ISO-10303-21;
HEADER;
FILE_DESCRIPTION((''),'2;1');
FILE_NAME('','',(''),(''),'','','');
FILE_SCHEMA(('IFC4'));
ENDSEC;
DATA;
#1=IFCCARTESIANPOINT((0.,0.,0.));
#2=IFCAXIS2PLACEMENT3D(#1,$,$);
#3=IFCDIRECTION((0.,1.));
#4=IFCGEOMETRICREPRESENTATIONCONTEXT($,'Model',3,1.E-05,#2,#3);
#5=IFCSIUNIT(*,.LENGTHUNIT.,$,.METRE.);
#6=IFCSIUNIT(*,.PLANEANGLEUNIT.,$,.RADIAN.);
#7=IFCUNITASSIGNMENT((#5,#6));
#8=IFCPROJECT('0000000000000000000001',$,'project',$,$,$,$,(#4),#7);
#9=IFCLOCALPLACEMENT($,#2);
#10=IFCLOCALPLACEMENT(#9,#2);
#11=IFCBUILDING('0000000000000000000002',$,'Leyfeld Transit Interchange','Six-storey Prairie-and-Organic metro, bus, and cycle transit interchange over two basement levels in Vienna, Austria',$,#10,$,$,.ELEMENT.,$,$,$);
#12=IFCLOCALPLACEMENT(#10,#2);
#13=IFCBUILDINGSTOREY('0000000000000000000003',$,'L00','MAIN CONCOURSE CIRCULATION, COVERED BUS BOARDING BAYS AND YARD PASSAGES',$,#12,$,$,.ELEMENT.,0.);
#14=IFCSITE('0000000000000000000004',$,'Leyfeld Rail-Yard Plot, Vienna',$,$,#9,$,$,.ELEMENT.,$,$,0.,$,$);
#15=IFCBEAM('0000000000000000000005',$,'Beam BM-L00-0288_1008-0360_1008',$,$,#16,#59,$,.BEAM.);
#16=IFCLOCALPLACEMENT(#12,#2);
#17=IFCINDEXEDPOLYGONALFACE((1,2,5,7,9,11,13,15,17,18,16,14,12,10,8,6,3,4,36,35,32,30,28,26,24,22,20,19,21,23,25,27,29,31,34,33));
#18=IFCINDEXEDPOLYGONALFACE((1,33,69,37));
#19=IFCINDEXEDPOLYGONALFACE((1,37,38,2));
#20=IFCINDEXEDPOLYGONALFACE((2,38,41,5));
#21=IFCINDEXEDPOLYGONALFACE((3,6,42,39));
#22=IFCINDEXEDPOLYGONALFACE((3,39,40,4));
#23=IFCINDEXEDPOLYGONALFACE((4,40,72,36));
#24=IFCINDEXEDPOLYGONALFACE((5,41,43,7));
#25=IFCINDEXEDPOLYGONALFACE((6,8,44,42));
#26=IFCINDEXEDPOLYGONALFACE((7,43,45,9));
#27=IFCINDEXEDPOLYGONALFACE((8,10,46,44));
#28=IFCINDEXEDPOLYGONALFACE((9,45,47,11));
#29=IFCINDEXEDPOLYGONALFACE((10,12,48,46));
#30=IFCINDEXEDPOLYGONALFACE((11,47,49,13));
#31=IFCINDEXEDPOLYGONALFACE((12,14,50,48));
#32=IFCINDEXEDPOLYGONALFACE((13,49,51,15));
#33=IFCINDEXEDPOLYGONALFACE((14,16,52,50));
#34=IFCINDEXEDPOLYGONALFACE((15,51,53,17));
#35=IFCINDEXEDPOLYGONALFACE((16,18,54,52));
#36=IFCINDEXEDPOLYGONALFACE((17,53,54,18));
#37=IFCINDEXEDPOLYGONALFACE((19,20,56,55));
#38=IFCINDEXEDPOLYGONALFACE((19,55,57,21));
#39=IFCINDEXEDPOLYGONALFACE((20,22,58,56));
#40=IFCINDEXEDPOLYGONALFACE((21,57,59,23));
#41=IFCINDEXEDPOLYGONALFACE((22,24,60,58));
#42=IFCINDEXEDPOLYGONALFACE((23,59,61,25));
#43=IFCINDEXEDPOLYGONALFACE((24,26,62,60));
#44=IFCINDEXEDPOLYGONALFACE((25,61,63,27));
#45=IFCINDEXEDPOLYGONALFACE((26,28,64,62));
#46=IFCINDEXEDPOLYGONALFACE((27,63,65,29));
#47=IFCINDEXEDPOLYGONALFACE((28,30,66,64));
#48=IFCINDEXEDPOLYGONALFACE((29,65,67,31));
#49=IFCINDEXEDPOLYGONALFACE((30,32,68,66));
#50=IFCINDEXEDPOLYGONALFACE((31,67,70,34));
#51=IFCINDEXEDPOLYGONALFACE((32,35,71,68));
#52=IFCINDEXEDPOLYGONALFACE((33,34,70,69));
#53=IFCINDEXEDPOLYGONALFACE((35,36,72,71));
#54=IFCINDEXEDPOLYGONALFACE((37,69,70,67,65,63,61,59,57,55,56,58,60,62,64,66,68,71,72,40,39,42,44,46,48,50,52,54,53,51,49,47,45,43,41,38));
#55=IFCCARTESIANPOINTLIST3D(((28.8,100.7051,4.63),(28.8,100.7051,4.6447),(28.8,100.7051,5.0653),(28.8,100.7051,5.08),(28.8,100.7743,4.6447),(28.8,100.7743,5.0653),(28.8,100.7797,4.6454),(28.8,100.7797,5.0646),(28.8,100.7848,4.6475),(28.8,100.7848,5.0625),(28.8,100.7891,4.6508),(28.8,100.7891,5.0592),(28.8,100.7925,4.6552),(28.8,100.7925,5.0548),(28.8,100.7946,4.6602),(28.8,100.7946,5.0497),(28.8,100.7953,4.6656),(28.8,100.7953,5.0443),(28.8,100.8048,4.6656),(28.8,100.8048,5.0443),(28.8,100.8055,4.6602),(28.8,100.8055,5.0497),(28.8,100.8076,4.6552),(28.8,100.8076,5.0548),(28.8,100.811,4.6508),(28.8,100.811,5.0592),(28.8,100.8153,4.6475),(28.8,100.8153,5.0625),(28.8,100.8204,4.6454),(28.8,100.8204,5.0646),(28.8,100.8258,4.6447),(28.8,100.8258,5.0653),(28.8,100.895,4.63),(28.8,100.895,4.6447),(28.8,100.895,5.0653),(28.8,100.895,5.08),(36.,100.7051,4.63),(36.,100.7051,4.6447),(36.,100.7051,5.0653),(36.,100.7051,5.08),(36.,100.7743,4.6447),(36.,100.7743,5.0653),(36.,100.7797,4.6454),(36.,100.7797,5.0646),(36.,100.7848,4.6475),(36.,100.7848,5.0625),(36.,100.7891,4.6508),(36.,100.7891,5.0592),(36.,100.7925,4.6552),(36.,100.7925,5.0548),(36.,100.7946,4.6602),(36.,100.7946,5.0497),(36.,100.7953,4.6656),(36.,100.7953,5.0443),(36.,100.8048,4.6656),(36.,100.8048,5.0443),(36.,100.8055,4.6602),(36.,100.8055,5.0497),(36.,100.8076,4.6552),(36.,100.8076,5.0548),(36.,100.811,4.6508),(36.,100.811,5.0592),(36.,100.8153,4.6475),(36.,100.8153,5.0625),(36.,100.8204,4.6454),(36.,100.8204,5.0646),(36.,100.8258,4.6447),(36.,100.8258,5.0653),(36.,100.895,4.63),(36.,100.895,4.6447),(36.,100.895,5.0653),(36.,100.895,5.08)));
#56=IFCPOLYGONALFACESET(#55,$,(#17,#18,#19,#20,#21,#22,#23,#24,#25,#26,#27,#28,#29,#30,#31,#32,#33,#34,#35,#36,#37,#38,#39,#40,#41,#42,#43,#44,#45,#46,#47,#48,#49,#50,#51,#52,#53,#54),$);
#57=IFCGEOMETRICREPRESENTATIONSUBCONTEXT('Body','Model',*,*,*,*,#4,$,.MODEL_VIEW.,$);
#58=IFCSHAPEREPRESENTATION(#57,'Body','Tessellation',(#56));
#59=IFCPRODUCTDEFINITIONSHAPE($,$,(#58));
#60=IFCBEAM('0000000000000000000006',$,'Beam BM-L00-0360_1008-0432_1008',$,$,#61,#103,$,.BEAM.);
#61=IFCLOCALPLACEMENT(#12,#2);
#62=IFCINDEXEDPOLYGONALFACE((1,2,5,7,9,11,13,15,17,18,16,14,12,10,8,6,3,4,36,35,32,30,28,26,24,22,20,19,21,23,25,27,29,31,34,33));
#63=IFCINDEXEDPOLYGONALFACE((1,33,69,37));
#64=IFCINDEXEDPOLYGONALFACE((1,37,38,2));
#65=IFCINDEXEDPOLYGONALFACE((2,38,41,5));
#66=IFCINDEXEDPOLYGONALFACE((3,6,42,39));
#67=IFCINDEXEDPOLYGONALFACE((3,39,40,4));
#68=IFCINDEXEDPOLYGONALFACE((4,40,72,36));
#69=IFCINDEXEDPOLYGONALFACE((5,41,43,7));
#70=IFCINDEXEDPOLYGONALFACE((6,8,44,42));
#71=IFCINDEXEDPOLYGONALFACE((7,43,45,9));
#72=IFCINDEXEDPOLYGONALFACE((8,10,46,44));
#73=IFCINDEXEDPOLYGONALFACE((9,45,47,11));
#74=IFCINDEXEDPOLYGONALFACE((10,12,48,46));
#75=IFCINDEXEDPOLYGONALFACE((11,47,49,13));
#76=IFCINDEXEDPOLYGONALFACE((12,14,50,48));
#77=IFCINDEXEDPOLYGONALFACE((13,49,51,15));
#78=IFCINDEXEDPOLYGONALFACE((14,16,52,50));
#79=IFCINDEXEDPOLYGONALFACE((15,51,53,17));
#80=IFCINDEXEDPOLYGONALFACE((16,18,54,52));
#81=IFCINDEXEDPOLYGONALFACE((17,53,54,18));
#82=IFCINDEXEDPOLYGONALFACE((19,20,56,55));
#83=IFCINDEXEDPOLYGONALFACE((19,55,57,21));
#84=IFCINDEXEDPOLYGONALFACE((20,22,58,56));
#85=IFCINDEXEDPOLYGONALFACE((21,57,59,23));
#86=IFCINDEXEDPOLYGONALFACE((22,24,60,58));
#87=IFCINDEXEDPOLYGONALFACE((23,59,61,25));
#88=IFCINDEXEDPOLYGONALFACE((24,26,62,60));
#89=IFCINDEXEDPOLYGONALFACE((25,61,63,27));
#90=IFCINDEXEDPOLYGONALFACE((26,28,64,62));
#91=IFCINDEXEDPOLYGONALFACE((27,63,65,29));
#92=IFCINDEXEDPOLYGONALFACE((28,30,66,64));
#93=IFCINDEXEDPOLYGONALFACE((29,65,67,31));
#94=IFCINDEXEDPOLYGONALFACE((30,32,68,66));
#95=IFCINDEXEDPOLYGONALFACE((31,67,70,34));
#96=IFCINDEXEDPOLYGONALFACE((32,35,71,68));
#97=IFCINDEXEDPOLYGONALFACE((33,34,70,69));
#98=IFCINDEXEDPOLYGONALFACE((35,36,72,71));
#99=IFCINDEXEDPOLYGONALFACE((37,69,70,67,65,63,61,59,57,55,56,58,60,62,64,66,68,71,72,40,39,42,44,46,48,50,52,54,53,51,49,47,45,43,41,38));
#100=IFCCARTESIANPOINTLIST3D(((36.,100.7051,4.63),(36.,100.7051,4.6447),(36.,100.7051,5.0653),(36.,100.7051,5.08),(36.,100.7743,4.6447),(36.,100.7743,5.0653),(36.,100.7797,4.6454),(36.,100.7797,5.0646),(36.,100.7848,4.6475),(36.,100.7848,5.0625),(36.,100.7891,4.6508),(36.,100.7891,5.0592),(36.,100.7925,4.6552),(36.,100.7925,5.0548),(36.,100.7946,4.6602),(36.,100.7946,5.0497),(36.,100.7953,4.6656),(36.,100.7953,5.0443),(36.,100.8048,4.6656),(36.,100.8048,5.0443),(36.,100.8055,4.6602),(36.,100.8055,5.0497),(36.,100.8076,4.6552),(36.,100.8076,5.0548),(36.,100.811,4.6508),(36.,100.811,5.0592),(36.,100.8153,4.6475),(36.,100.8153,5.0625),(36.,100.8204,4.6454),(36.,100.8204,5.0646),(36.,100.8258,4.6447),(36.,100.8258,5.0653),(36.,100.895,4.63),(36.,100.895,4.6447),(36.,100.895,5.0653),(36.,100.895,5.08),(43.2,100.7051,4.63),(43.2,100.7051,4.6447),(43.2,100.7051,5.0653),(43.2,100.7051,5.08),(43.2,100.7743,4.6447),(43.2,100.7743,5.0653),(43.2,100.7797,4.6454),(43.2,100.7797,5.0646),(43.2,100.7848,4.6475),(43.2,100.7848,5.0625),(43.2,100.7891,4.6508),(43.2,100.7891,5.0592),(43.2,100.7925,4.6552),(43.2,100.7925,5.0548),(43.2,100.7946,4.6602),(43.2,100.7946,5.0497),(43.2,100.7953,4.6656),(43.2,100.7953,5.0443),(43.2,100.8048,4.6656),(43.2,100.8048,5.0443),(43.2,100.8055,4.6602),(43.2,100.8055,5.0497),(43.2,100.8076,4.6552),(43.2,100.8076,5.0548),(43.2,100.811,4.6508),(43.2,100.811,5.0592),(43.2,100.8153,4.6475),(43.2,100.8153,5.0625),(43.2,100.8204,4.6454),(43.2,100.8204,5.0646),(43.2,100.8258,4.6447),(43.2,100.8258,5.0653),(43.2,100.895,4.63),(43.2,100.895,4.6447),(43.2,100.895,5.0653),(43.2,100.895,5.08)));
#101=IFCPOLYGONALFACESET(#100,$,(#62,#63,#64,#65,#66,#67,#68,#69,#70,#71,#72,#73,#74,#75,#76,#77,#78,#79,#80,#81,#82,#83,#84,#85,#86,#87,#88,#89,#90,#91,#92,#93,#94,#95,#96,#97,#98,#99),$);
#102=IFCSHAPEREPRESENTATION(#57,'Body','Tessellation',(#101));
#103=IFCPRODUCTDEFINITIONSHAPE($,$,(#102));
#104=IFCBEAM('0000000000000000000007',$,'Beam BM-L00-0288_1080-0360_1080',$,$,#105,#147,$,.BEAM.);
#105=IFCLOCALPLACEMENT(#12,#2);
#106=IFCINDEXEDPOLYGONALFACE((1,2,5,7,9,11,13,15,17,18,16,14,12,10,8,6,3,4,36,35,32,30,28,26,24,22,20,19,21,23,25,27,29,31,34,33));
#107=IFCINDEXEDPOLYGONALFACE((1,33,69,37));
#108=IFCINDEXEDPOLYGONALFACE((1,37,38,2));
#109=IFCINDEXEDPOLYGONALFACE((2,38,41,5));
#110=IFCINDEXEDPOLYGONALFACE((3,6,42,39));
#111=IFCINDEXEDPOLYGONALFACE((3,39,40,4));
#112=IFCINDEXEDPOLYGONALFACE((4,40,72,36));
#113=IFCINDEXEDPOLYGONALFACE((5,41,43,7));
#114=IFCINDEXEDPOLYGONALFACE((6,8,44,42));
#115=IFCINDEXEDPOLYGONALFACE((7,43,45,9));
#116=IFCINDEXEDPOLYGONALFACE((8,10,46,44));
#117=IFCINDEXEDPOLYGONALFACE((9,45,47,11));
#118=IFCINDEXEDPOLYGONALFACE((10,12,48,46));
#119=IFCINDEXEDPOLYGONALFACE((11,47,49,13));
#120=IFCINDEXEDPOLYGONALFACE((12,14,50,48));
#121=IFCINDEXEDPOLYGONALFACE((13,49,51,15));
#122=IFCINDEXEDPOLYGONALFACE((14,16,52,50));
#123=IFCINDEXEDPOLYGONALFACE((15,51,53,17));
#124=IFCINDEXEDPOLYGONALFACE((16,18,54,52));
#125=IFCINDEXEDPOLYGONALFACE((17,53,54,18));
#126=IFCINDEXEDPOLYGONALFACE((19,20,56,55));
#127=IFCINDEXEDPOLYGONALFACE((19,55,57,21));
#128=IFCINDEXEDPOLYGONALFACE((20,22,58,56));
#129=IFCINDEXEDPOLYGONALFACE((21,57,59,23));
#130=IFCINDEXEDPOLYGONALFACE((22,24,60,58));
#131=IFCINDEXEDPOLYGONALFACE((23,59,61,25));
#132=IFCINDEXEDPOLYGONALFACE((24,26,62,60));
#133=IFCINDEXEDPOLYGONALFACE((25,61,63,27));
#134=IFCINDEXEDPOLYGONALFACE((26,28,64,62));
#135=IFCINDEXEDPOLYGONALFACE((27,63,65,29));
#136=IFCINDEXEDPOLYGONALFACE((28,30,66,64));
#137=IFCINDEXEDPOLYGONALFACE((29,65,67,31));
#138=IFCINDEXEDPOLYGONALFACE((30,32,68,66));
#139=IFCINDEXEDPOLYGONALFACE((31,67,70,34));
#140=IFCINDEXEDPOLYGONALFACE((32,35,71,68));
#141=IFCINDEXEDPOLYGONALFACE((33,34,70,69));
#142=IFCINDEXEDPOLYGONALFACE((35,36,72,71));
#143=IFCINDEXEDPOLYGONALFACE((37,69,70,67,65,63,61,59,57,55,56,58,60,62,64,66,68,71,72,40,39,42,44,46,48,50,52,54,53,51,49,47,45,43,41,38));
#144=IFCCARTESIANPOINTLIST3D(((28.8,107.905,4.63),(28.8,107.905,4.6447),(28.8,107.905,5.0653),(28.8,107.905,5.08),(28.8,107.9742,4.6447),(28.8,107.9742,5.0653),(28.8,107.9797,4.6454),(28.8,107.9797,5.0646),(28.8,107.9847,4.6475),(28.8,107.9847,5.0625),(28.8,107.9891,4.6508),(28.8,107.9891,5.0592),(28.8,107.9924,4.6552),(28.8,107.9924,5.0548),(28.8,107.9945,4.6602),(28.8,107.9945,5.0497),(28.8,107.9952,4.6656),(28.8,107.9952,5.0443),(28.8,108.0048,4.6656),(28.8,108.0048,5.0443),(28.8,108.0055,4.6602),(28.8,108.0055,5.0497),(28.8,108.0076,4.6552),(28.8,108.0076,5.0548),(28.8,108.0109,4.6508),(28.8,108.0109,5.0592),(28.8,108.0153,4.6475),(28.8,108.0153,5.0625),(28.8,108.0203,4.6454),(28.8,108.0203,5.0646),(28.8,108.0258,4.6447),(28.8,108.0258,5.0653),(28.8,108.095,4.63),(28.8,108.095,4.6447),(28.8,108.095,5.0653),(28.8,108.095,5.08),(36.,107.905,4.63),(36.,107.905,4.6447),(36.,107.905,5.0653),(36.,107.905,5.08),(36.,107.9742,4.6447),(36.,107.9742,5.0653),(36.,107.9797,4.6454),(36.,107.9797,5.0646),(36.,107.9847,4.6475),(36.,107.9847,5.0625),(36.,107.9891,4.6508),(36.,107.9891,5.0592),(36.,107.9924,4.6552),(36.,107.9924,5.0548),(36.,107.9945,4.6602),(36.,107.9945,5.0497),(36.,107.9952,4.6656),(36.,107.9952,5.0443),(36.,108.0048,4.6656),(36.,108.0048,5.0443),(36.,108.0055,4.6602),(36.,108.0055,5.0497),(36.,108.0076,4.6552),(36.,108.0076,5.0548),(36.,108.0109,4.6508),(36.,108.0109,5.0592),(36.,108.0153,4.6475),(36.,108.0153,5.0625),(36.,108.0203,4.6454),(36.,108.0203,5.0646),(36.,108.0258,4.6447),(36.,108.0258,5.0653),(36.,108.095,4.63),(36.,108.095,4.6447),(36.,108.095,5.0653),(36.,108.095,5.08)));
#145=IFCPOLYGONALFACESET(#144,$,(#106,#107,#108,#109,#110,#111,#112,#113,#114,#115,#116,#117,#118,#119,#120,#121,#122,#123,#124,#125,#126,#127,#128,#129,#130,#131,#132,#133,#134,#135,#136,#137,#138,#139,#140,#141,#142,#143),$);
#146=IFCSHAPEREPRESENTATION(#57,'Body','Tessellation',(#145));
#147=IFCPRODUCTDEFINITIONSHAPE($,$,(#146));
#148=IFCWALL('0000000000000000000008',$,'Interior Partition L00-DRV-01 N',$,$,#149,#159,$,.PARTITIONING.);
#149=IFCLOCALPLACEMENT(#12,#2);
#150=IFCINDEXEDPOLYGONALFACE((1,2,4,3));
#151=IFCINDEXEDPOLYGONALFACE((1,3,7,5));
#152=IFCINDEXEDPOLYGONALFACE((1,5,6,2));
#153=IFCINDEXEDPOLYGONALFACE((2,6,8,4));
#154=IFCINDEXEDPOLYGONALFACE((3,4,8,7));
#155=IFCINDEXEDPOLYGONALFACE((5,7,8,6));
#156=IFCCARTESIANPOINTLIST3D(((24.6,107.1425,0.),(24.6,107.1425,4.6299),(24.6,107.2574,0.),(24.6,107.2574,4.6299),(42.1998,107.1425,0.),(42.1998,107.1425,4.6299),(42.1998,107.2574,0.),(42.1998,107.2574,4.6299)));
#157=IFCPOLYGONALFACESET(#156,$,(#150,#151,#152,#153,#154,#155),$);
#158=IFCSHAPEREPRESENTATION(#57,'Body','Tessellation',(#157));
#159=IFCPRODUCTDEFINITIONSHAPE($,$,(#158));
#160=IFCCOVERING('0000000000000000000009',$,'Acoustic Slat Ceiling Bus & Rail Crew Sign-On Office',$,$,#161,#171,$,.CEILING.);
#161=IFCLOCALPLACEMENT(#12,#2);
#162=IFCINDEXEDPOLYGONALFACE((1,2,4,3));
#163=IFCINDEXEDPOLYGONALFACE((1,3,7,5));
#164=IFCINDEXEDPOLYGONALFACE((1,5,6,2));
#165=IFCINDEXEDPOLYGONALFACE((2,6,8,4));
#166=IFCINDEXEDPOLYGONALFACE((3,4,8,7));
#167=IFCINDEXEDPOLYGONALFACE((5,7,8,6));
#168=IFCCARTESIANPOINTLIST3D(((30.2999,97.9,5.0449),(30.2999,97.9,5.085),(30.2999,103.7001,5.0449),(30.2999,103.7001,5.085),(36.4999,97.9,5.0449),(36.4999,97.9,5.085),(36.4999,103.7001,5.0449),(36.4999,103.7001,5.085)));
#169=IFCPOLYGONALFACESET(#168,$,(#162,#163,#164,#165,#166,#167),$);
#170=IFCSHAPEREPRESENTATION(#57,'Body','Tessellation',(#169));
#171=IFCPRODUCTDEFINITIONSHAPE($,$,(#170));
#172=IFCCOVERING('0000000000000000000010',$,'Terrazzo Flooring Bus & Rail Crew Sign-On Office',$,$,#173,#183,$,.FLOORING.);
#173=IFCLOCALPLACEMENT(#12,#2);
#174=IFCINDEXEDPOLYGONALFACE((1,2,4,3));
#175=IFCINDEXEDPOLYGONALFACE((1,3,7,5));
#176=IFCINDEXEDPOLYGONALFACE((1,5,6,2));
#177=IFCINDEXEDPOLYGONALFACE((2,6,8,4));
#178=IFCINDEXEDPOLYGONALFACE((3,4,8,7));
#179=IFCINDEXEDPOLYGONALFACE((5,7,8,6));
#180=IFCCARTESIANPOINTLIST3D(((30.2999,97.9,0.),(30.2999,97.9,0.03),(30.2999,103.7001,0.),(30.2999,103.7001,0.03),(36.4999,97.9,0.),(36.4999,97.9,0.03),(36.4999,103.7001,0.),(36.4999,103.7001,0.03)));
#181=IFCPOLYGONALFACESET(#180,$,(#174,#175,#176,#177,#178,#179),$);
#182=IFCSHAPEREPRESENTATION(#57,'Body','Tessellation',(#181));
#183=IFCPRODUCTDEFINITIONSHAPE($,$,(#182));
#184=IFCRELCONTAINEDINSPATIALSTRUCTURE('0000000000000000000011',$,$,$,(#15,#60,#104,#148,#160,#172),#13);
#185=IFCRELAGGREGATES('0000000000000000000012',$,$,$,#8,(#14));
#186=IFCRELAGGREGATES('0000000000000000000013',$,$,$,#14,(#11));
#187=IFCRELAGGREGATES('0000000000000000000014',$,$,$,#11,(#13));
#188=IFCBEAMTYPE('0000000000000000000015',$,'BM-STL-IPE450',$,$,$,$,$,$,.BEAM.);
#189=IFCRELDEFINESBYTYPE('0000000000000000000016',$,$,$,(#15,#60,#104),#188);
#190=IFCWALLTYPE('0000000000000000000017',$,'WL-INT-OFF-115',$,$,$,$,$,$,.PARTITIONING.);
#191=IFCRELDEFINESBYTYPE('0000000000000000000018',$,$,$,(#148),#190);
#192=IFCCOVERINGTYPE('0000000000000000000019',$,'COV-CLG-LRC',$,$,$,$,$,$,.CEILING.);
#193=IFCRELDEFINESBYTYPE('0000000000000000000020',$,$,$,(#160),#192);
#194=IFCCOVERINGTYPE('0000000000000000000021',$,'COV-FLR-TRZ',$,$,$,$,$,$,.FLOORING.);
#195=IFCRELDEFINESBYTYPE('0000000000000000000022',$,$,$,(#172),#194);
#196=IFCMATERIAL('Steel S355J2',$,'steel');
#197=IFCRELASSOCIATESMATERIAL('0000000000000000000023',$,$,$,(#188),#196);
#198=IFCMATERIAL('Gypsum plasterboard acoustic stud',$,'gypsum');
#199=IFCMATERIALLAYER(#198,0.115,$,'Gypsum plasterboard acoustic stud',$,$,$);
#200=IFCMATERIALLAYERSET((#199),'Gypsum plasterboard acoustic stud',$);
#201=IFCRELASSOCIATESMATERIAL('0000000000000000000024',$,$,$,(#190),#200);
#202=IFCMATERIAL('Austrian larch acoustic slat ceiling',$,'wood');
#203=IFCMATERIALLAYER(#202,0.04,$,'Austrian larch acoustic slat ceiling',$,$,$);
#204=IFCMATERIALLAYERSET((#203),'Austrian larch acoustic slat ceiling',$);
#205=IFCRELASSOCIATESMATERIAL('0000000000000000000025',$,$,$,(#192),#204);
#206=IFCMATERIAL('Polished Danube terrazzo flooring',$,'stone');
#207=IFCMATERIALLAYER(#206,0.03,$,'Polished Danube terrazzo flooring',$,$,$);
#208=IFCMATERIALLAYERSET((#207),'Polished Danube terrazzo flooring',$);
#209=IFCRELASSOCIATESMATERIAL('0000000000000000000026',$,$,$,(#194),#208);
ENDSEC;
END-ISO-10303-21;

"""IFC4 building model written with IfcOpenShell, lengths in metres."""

from ifc_helpers import new_model, si_unit, direction, frame, frame_2d, origin, origin_2d, place, context, subcontext, project, spatial, rectangle, i_section, extrude, material, layer, layer_set, material_profile, profile_set, type_object, element, save


model = new_model("IFC4")

# Units and contexts
model_context = context("Model", 3, precision=1e-05, world=origin(), true_north=direction((0.0, 1.0)))
body_context = subcontext(model_context, "Body", "Model", "MODEL_VIEW")
ifc_project = project(units=[si_unit("LENGTHUNIT", "METRE"), si_unit("PLANEANGLEUNIT", "RADIAN")], contexts=[model_context])

# Site, building, storey
site_placement = place(None, origin())
site = spatial("IfcSite", under=ifc_project, at=site_placement, Name="Leyfeld Rail-Yard Plot, Vienna", CompositionType="ELEMENT", RefElevation=0.0)
building_placement = place(site_placement, origin())
building = spatial("IfcBuilding", under=site, at=building_placement, Name="Leyfeld Transit Interchange", Description="Six-storey Prairie-and-Organic metro, bus, and cycle transit interchange over two basement levels in Vienna, Austria", CompositionType="ELEMENT")
storey_placement = place(building_placement, origin())
storey = spatial("IfcBuildingStorey", under=building, at=storey_placement, Name="L00", Description="MAIN CONCOURSE CIRCULATION, COVERED BUS BOARDING BAYS AND YARD PASSAGES", CompositionType="ELEMENT", Elevation=0.0)

# Beams
ifc_material_1 = material(Name="Steel S355J2", Category="steel")
ifc_material_profile_1 = material_profile(ifc_material_1, i_section(OverallWidth=0.1899, OverallDepth=0.45, WebThickness=0.0095, FlangeThickness=0.0146, FilletRadius=0.021, at=origin_2d()), Name="IPE 450")
ifc_profile_set_1 = profile_set([ifc_material_profile_1], Name="Steel S355J2")
beam_type_1 = type_object("IfcBeamType", Name="BM-STL-IPE450", PredefinedType="BEAM", material=ifc_profile_set_1)
for number, where, z_axis, x_axis, name in (
    (1, (28.8, 100.8, 4.855), (1.0, 0.0, 0.0), (0.0, 1.0, 0.0), "Beam BM-L00-0288_1008-0360_1008"),
    (2, (36.0, 100.8, 4.855), (1.0, 0.0, 0.0), (0.0, 1.0, 0.0), "Beam BM-L00-0360_1008-0432_1008"),
    (3, (28.8, 108.0, 4.855), (1.0, 0.0, 0.0), (0.0, 1.0, 0.0), "Beam BM-L00-0288_1080-0360_1080"),
):
    element("IfcBeam", number, at=place(storey_placement, frame(where, z_axis=z_axis, x_axis=x_axis)), inside=storey, type_object=beam_type_1, Name=name, PredefinedType="BEAM", context=body_context, shape_type="SweptSolid", body=[
        extrude(i_section(OverallWidth=0.1899, OverallDepth=0.45, WebThickness=0.0095, FlangeThickness=0.0146, FilletRadius=0.021, at=origin_2d()), origin(), (0.0, 0.0, 1.0), 7.2),
    ])

# Wall
ifc_material_2 = material(Name="Gypsum plasterboard acoustic stud", Category="gypsum")
ifc_layer_1 = layer(ifc_material_2, 0.115, Name="Gypsum plasterboard acoustic stud")
ifc_layer_set_1 = layer_set([ifc_layer_1], Name="Gypsum plasterboard acoustic stud")
wall_type = type_object("IfcWallType", Name="WL-INT-OFF-115", PredefinedType="PARTITIONING", material=ifc_layer_set_1)
wall_placement = place(storey_placement, frame((24.6001, 107.2, 0.0), z_axis=(0.0, 0.0, 1.0), x_axis=(1.0, 0.0, 0.0)))
element("IfcWall", 4, at=wall_placement, inside=storey, type_object=wall_type, Name="Interior Partition L00-DRV-01 N", PredefinedType="PARTITIONING", context=body_context, shape_type="SweptSolid", body=[
    extrude(rectangle(XDim=17.5999, YDim=0.115, at=frame_2d((8.7998, 0.0))), origin(), (0.0, 0.0, 1.0), 4.6299),
])

# Coverings
ifc_material_3 = material(Name="Austrian larch acoustic slat ceiling", Category="wood")
ifc_layer_2 = layer(ifc_material_3, 0.04, Name="Austrian larch acoustic slat ceiling")
ifc_layer_set_2 = layer_set([ifc_layer_2], Name="Austrian larch acoustic slat ceiling")
covering_type_1 = type_object("IfcCoveringType", Name="COV-CLG-LRC", PredefinedType="CEILING", material=ifc_layer_set_2)
covering_1_placement = place(storey_placement, frame((33.3999, 100.8, 5.0449), z_axis=(0.0, 0.0, 1.0), x_axis=(1.0, 0.0, 0.0)))
element("IfcCovering", 5, at=covering_1_placement, inside=storey, type_object=covering_type_1, Name="Acoustic Slat Ceiling Bus & Rail Crew Sign-On Office", PredefinedType="CEILING", context=body_context, shape_type="SweptSolid", body=[
    extrude(rectangle(XDim=6.2, YDim=5.8, at=origin_2d()), origin(), (0.0, 0.0, 1.0), 0.04),
])
ifc_material_4 = material(Name="Polished Danube terrazzo flooring", Category="stone")
ifc_layer_3 = layer(ifc_material_4, 0.03, Name="Polished Danube terrazzo flooring")
ifc_layer_set_3 = layer_set([ifc_layer_3], Name="Polished Danube terrazzo flooring")
covering_type_2 = type_object("IfcCoveringType", Name="COV-FLR-TRZ", PredefinedType="FLOORING", material=ifc_layer_set_3)
covering_2_placement = place(storey_placement, frame((33.3999, 100.8, 0.0), z_axis=(0.0, 0.0, 1.0), x_axis=(1.0, 0.0, 0.0)))
element("IfcCovering", 6, at=covering_2_placement, inside=storey, type_object=covering_type_2, Name="Terrazzo Flooring Bus & Rail Crew Sign-On Office", PredefinedType="FLOORING", context=body_context, shape_type="SweptSolid", body=[
    extrude(rectangle(XDim=6.2, YDim=5.8, at=origin_2d()), origin(), (0.0, 0.0, 1.0), 0.03),
])

save(model, "model.ifc")
